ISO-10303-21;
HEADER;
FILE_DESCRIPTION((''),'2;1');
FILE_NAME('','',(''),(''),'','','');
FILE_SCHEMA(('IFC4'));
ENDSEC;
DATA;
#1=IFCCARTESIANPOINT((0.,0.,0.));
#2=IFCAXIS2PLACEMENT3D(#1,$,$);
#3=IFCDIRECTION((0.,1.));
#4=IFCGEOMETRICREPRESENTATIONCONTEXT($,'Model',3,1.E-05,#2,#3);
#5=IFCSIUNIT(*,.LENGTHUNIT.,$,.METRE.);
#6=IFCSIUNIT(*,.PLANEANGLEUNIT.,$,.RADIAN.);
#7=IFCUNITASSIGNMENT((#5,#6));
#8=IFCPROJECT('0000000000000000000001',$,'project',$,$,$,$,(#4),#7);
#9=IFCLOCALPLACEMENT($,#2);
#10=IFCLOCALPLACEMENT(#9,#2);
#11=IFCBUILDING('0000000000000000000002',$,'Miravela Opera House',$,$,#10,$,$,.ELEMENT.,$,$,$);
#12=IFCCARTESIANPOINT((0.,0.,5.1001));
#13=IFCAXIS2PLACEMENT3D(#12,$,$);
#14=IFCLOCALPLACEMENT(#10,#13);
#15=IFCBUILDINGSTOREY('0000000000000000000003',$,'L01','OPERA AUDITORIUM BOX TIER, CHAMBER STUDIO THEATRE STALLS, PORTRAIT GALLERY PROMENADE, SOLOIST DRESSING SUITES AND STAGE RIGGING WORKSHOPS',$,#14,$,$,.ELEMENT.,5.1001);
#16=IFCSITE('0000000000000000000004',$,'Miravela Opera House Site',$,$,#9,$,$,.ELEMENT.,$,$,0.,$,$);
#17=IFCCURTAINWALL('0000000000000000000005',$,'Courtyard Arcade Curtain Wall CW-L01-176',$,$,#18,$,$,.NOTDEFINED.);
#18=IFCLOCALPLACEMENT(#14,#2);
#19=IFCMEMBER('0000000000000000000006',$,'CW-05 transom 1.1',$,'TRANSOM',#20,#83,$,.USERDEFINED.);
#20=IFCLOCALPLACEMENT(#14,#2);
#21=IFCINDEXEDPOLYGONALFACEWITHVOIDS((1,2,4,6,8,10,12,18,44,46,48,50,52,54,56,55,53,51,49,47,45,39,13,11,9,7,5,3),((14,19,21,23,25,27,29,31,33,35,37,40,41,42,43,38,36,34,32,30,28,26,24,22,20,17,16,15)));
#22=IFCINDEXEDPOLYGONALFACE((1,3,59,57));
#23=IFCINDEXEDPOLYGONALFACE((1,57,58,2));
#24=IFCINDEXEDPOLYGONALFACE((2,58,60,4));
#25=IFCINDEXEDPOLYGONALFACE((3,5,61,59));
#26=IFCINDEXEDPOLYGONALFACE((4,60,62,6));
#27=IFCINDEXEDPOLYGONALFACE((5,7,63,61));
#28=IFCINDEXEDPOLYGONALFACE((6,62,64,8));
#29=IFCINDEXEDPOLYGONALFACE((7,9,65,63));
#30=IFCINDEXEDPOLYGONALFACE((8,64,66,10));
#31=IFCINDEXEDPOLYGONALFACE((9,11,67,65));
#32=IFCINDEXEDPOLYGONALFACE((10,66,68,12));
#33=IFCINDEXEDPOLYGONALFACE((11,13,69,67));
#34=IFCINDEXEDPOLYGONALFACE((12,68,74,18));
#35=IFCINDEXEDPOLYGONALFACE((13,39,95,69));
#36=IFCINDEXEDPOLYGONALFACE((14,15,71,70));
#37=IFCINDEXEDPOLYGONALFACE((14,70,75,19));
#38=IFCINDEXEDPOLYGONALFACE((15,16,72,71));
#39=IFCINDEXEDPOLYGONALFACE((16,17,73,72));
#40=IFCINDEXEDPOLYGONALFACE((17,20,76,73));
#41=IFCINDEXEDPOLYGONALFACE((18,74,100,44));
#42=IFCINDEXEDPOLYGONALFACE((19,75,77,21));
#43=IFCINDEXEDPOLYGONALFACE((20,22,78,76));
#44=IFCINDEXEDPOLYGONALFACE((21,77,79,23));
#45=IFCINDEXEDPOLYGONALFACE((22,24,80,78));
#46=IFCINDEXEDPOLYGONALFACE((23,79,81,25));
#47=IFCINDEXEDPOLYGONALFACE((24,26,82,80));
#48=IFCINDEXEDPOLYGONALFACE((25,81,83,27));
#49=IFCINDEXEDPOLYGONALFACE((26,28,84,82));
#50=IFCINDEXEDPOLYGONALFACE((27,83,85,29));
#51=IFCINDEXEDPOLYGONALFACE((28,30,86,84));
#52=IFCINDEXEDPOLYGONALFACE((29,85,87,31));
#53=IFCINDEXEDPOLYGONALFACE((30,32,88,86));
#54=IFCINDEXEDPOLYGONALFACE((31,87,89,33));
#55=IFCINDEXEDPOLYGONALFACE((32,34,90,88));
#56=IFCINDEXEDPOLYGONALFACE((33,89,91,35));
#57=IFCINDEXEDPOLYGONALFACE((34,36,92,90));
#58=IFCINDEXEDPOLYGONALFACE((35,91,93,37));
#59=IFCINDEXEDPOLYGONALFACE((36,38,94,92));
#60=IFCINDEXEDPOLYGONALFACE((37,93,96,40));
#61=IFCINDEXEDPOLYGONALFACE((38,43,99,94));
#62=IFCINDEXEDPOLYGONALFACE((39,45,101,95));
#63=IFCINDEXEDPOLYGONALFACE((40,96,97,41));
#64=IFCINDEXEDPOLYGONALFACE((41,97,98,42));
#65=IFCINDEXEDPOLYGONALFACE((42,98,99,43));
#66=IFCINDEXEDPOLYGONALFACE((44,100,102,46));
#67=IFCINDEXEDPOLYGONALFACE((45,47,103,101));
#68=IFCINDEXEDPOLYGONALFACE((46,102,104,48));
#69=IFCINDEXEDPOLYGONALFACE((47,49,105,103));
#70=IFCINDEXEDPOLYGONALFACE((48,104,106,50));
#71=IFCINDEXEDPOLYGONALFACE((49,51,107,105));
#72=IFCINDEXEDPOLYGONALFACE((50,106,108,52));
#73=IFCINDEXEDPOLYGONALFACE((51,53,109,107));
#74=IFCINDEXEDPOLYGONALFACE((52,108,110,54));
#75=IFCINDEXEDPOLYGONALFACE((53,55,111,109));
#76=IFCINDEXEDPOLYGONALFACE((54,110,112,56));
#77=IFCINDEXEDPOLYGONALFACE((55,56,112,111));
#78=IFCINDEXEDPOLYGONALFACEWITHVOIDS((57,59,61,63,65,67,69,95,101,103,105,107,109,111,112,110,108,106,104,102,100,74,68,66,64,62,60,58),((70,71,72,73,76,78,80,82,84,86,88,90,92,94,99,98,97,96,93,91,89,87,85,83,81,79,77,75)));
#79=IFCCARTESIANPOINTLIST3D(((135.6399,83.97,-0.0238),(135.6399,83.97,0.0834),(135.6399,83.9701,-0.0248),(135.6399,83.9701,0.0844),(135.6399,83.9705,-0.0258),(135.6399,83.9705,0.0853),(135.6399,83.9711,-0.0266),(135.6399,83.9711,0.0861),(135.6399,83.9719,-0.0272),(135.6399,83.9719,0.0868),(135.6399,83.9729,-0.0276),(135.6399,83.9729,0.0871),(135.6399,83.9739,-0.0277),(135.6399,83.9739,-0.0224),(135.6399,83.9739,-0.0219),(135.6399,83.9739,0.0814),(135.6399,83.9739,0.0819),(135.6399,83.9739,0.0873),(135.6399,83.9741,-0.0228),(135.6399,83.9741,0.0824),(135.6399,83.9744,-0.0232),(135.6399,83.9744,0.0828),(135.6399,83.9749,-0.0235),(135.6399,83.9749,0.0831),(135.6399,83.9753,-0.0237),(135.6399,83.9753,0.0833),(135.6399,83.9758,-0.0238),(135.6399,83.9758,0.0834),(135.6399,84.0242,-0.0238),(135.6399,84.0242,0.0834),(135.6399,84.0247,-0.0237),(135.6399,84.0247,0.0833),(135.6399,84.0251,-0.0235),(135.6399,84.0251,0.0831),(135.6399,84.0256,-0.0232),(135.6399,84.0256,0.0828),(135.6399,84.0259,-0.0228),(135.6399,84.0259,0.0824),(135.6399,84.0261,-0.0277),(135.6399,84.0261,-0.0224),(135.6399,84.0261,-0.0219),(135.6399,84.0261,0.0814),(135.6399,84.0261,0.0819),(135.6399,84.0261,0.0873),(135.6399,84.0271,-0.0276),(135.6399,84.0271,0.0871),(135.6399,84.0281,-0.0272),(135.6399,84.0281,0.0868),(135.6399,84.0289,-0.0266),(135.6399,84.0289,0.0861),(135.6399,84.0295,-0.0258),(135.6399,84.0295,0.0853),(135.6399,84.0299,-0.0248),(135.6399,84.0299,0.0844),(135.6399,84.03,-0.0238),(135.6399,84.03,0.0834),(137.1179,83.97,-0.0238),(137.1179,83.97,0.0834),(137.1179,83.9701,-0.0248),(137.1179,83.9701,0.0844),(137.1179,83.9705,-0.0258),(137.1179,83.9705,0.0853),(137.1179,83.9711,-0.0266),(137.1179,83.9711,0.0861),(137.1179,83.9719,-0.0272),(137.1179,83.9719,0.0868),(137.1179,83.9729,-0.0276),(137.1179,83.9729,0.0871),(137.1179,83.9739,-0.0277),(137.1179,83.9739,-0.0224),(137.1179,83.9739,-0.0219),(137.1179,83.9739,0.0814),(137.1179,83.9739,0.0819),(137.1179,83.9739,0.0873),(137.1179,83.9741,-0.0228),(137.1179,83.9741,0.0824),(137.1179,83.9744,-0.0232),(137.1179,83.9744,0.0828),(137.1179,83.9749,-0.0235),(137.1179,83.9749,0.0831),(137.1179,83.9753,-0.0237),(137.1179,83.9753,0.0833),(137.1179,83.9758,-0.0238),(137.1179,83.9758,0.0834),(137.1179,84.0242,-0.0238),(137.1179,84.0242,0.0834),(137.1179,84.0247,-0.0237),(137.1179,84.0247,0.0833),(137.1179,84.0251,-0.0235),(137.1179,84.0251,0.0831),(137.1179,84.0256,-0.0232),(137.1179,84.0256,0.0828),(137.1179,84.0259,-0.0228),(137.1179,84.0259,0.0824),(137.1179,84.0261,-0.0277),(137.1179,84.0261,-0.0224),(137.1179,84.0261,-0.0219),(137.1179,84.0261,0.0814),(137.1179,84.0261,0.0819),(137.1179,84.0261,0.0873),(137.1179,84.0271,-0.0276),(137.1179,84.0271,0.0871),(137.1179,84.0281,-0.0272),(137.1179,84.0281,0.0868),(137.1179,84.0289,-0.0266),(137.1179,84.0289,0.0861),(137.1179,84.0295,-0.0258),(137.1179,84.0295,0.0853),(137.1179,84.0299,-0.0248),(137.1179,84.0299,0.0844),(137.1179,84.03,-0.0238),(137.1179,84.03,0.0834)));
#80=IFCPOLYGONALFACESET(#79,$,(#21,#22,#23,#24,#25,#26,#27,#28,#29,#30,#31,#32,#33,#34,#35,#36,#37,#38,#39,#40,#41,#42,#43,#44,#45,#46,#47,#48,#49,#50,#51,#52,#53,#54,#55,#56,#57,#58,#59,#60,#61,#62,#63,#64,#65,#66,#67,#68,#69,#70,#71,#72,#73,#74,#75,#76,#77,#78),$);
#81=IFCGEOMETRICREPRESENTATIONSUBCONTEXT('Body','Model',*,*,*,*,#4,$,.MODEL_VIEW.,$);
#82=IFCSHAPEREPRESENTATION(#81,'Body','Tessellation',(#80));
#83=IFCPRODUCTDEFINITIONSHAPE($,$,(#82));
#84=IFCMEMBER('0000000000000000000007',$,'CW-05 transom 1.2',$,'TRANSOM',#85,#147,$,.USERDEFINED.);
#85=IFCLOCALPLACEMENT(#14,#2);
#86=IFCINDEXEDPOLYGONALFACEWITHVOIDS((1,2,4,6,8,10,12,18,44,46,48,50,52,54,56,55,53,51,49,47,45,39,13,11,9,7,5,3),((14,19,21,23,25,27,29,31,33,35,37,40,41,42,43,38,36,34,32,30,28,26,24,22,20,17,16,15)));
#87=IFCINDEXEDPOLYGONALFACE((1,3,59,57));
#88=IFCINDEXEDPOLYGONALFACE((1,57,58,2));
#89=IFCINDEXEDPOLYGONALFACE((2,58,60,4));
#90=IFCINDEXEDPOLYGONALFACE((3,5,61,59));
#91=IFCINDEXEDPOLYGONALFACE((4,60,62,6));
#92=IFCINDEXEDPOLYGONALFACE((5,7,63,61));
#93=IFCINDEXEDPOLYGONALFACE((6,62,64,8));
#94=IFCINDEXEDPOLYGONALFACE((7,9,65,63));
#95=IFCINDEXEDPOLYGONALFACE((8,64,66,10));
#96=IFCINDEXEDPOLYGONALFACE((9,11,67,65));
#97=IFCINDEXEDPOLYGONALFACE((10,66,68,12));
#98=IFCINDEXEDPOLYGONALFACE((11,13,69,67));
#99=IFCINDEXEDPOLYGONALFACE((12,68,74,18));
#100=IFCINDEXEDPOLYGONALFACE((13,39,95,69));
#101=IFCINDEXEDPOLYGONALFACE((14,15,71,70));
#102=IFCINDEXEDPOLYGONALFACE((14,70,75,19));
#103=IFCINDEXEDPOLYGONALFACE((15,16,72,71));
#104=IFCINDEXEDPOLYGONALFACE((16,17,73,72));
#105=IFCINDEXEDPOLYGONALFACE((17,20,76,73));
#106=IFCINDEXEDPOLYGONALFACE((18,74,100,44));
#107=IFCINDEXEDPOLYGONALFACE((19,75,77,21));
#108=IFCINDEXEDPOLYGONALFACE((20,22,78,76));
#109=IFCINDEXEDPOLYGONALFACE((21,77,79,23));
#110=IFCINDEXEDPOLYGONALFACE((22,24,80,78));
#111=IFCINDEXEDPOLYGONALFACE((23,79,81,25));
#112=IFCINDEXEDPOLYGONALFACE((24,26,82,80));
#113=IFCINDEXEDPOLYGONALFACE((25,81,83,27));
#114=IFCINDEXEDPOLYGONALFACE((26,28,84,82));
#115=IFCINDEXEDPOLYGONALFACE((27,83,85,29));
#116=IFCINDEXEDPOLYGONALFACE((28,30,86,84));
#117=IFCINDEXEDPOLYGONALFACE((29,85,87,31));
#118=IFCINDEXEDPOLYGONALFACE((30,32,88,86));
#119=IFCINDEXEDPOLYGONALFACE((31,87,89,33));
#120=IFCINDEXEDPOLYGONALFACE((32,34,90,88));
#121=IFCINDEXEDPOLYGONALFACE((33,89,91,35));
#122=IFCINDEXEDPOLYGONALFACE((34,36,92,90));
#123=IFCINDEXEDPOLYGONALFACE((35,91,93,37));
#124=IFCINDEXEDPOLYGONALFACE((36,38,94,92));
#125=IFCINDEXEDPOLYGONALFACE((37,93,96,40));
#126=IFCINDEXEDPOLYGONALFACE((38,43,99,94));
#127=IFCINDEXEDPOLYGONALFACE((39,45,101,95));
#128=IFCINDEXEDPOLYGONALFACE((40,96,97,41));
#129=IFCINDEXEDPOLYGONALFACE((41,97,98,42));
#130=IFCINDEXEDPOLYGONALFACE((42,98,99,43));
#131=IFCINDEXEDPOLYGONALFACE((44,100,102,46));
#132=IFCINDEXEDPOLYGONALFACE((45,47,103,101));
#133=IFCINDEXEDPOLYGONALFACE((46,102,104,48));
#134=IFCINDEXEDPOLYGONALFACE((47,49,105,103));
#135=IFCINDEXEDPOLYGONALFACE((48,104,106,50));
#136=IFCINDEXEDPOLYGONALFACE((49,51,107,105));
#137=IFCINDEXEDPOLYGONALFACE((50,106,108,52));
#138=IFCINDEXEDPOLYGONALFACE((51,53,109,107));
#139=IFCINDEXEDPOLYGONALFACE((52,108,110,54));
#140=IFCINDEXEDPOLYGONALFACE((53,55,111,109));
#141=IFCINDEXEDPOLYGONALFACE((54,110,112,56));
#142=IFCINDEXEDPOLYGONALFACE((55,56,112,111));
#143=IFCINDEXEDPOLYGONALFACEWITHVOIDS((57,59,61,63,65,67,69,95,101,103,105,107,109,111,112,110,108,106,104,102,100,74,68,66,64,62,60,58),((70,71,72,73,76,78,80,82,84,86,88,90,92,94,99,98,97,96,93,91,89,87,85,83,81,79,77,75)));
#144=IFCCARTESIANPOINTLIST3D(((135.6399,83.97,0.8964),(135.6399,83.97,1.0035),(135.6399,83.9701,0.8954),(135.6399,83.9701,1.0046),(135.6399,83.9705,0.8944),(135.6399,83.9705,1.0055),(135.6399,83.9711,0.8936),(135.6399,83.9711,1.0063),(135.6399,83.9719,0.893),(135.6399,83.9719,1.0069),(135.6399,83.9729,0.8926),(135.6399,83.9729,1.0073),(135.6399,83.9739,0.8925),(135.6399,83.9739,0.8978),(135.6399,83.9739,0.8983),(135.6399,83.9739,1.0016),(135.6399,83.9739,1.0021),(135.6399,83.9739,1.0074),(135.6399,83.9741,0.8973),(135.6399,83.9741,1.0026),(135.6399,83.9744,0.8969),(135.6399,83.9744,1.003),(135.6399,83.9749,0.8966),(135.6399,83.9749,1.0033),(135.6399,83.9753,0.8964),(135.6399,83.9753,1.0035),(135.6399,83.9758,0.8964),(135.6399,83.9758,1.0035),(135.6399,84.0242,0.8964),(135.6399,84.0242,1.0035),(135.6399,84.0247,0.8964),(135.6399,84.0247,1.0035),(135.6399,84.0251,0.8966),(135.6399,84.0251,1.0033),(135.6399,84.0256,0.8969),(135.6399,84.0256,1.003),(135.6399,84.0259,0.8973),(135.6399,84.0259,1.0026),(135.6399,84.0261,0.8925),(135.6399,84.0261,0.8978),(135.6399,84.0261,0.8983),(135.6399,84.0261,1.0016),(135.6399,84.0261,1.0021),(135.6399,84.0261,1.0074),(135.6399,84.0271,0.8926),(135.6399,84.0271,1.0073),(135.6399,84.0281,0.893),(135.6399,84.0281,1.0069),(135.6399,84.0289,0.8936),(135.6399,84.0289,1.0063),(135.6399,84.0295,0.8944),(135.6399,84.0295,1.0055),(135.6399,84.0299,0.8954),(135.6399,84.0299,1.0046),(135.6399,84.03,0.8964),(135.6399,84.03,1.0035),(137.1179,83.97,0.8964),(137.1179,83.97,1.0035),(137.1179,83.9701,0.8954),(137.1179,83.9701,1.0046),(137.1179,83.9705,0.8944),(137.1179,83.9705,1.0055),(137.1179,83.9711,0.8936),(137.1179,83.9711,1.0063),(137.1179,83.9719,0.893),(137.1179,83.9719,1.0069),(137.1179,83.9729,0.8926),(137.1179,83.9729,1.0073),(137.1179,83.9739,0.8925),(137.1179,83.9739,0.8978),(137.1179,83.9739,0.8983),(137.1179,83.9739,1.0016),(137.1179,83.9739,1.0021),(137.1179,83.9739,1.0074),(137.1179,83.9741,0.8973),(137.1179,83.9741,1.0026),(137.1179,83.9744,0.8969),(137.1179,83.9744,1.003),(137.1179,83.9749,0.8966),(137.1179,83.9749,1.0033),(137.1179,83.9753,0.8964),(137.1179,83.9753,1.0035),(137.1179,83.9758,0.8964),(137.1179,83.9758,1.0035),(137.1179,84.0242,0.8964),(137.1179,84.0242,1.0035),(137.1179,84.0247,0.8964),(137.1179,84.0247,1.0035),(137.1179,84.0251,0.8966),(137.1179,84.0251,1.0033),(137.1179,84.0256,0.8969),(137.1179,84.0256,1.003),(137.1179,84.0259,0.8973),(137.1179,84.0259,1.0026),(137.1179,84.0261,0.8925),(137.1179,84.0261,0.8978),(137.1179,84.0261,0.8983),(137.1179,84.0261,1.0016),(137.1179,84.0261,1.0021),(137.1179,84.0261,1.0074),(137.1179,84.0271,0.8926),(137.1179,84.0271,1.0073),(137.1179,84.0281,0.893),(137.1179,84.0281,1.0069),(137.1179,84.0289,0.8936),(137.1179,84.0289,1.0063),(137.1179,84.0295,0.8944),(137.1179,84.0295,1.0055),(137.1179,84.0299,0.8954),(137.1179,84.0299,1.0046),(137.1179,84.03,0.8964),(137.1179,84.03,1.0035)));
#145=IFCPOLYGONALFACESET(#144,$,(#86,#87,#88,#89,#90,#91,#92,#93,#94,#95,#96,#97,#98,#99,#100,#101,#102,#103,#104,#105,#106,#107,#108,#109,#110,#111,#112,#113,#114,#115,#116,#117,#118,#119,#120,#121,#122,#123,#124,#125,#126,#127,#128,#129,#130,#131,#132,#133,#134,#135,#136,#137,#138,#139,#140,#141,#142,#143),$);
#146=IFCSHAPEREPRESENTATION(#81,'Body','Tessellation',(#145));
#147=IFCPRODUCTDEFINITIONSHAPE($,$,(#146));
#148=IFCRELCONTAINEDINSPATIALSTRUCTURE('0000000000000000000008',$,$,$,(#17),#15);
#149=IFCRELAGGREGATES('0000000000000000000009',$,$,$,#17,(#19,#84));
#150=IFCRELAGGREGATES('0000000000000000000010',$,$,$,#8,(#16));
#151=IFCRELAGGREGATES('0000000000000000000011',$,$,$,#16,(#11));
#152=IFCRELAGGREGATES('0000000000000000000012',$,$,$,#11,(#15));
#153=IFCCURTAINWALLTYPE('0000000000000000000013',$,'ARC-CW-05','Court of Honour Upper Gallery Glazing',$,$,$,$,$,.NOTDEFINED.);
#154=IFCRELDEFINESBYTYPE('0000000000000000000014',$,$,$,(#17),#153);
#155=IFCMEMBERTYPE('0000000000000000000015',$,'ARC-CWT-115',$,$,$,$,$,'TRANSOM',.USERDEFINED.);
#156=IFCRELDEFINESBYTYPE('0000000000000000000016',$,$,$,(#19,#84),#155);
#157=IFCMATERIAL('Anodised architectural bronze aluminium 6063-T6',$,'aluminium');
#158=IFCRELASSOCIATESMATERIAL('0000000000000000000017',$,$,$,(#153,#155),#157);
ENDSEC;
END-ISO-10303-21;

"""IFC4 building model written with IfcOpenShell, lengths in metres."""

from ifc_helpers import new_model, si_unit, direction, frame, origin, origin_2d, place, context, subcontext, project, spatial, hollow_rectangle, extrude, material, material_profile, profile_set, type_object, element, aggregate, save


model = new_model("IFC4")

# Units and contexts
model_context = context("Model", 3, precision=1e-05, world=origin(), true_north=direction((0.0, 1.0)))
body_context = subcontext(model_context, "Body", "Model", "MODEL_VIEW")
ifc_project = project(units=[si_unit("LENGTHUNIT", "METRE"), si_unit("PLANEANGLEUNIT", "RADIAN")], contexts=[model_context])

# Site, building, storey
site_placement = place(None, origin())
site = spatial("IfcSite", under=ifc_project, at=site_placement, Name="Miravela Opera House Site", CompositionType="ELEMENT", RefElevation=0.0)
building_placement = place(site_placement, origin())
building = spatial("IfcBuilding", under=site, at=building_placement, Name="Miravela Opera House", CompositionType="ELEMENT")
storey_placement = place(building_placement, frame((0.0, 0.0, 5.1001)))
storey = spatial("IfcBuildingStorey", under=building, at=storey_placement, Name="L01", Description="OPERA AUDITORIUM BOX TIER, CHAMBER STUDIO THEATRE STALLS, PORTRAIT GALLERY PROMENADE, SOLOIST DRESSING SUITES AND STAGE RIGGING WORKSHOPS", CompositionType="ELEMENT", Elevation=5.1001)

# Shared definitions
ifc_material_1 = material(Name="Anodised architectural bronze aluminium 6063-T6", Category="aluminium")
curtain_wall_type = type_object("IfcCurtainWallType", Name="ARC-CW-05", Description="Court of Honour Upper Gallery Glazing", PredefinedType="NOTDEFINED", material=ifc_material_1)

# Curtain wall, members
curtain_wall_1_placement = place(storey_placement, origin())
curtain_wall_1 = element("IfcCurtainWall", 1, at=curtain_wall_1_placement, inside=storey, type_object=curtain_wall_type, Name="Courtyard Arcade Curtain Wall CW-L01-176", PredefinedType="NOTDEFINED")
ifc_material_profile_1 = material_profile(ifc_material_1, hollow_rectangle(XDim=0.0601, YDim=0.115, WallThickness=0.0039, InnerFilletRadius=0.002, OuterFilletRadius=0.0039, at=origin_2d()), Name="CWT-60X115")
ifc_profile_set_1 = profile_set([ifc_material_profile_1])
member_type_1 = type_object("IfcMemberType", Name="ARC-CWT-115", ElementType="TRANSOM", PredefinedType="USERDEFINED", material=ifc_profile_set_1)
member_1_placement = place(storey_placement, frame((135.6399, 84.0, 0.0298), z_axis=(1.0, 0.0, 0.0), x_axis=(0.0, 1.0, 0.0)))
member_1 = element("IfcMember", 2, at=member_1_placement, type_object=member_type_1, Name="CW-05 transom 1.1", ObjectType="TRANSOM", PredefinedType="USERDEFINED", context=body_context, shape_type="SweptSolid", body=[
    extrude(hollow_rectangle(XDim=0.0601, YDim=0.115, WallThickness=0.0039, InnerFilletRadius=0.002, OuterFilletRadius=0.0039, at=origin_2d()), origin(), (0.0, 0.0, 1.0), 1.478),
])
member_2_placement = place(storey_placement, frame((135.6399, 84.0, 0.95), z_axis=(1.0, 0.0, 0.0), x_axis=(0.0, 1.0, 0.0)))
member_2 = element("IfcMember", 3, at=member_2_placement, type_object=member_type_1, Name="CW-05 transom 1.2", ObjectType="TRANSOM", PredefinedType="USERDEFINED", context=body_context, shape_type="SweptSolid", body=[
    extrude(hollow_rectangle(XDim=0.0601, YDim=0.115, WallThickness=0.0039, InnerFilletRadius=0.002, OuterFilletRadius=0.0039, at=origin_2d()), origin(), (0.0, 0.0, 1.0), 1.478),
])

aggregate(curtain_wall_1, [member_1, member_2])

save(model, "model.ifc")
